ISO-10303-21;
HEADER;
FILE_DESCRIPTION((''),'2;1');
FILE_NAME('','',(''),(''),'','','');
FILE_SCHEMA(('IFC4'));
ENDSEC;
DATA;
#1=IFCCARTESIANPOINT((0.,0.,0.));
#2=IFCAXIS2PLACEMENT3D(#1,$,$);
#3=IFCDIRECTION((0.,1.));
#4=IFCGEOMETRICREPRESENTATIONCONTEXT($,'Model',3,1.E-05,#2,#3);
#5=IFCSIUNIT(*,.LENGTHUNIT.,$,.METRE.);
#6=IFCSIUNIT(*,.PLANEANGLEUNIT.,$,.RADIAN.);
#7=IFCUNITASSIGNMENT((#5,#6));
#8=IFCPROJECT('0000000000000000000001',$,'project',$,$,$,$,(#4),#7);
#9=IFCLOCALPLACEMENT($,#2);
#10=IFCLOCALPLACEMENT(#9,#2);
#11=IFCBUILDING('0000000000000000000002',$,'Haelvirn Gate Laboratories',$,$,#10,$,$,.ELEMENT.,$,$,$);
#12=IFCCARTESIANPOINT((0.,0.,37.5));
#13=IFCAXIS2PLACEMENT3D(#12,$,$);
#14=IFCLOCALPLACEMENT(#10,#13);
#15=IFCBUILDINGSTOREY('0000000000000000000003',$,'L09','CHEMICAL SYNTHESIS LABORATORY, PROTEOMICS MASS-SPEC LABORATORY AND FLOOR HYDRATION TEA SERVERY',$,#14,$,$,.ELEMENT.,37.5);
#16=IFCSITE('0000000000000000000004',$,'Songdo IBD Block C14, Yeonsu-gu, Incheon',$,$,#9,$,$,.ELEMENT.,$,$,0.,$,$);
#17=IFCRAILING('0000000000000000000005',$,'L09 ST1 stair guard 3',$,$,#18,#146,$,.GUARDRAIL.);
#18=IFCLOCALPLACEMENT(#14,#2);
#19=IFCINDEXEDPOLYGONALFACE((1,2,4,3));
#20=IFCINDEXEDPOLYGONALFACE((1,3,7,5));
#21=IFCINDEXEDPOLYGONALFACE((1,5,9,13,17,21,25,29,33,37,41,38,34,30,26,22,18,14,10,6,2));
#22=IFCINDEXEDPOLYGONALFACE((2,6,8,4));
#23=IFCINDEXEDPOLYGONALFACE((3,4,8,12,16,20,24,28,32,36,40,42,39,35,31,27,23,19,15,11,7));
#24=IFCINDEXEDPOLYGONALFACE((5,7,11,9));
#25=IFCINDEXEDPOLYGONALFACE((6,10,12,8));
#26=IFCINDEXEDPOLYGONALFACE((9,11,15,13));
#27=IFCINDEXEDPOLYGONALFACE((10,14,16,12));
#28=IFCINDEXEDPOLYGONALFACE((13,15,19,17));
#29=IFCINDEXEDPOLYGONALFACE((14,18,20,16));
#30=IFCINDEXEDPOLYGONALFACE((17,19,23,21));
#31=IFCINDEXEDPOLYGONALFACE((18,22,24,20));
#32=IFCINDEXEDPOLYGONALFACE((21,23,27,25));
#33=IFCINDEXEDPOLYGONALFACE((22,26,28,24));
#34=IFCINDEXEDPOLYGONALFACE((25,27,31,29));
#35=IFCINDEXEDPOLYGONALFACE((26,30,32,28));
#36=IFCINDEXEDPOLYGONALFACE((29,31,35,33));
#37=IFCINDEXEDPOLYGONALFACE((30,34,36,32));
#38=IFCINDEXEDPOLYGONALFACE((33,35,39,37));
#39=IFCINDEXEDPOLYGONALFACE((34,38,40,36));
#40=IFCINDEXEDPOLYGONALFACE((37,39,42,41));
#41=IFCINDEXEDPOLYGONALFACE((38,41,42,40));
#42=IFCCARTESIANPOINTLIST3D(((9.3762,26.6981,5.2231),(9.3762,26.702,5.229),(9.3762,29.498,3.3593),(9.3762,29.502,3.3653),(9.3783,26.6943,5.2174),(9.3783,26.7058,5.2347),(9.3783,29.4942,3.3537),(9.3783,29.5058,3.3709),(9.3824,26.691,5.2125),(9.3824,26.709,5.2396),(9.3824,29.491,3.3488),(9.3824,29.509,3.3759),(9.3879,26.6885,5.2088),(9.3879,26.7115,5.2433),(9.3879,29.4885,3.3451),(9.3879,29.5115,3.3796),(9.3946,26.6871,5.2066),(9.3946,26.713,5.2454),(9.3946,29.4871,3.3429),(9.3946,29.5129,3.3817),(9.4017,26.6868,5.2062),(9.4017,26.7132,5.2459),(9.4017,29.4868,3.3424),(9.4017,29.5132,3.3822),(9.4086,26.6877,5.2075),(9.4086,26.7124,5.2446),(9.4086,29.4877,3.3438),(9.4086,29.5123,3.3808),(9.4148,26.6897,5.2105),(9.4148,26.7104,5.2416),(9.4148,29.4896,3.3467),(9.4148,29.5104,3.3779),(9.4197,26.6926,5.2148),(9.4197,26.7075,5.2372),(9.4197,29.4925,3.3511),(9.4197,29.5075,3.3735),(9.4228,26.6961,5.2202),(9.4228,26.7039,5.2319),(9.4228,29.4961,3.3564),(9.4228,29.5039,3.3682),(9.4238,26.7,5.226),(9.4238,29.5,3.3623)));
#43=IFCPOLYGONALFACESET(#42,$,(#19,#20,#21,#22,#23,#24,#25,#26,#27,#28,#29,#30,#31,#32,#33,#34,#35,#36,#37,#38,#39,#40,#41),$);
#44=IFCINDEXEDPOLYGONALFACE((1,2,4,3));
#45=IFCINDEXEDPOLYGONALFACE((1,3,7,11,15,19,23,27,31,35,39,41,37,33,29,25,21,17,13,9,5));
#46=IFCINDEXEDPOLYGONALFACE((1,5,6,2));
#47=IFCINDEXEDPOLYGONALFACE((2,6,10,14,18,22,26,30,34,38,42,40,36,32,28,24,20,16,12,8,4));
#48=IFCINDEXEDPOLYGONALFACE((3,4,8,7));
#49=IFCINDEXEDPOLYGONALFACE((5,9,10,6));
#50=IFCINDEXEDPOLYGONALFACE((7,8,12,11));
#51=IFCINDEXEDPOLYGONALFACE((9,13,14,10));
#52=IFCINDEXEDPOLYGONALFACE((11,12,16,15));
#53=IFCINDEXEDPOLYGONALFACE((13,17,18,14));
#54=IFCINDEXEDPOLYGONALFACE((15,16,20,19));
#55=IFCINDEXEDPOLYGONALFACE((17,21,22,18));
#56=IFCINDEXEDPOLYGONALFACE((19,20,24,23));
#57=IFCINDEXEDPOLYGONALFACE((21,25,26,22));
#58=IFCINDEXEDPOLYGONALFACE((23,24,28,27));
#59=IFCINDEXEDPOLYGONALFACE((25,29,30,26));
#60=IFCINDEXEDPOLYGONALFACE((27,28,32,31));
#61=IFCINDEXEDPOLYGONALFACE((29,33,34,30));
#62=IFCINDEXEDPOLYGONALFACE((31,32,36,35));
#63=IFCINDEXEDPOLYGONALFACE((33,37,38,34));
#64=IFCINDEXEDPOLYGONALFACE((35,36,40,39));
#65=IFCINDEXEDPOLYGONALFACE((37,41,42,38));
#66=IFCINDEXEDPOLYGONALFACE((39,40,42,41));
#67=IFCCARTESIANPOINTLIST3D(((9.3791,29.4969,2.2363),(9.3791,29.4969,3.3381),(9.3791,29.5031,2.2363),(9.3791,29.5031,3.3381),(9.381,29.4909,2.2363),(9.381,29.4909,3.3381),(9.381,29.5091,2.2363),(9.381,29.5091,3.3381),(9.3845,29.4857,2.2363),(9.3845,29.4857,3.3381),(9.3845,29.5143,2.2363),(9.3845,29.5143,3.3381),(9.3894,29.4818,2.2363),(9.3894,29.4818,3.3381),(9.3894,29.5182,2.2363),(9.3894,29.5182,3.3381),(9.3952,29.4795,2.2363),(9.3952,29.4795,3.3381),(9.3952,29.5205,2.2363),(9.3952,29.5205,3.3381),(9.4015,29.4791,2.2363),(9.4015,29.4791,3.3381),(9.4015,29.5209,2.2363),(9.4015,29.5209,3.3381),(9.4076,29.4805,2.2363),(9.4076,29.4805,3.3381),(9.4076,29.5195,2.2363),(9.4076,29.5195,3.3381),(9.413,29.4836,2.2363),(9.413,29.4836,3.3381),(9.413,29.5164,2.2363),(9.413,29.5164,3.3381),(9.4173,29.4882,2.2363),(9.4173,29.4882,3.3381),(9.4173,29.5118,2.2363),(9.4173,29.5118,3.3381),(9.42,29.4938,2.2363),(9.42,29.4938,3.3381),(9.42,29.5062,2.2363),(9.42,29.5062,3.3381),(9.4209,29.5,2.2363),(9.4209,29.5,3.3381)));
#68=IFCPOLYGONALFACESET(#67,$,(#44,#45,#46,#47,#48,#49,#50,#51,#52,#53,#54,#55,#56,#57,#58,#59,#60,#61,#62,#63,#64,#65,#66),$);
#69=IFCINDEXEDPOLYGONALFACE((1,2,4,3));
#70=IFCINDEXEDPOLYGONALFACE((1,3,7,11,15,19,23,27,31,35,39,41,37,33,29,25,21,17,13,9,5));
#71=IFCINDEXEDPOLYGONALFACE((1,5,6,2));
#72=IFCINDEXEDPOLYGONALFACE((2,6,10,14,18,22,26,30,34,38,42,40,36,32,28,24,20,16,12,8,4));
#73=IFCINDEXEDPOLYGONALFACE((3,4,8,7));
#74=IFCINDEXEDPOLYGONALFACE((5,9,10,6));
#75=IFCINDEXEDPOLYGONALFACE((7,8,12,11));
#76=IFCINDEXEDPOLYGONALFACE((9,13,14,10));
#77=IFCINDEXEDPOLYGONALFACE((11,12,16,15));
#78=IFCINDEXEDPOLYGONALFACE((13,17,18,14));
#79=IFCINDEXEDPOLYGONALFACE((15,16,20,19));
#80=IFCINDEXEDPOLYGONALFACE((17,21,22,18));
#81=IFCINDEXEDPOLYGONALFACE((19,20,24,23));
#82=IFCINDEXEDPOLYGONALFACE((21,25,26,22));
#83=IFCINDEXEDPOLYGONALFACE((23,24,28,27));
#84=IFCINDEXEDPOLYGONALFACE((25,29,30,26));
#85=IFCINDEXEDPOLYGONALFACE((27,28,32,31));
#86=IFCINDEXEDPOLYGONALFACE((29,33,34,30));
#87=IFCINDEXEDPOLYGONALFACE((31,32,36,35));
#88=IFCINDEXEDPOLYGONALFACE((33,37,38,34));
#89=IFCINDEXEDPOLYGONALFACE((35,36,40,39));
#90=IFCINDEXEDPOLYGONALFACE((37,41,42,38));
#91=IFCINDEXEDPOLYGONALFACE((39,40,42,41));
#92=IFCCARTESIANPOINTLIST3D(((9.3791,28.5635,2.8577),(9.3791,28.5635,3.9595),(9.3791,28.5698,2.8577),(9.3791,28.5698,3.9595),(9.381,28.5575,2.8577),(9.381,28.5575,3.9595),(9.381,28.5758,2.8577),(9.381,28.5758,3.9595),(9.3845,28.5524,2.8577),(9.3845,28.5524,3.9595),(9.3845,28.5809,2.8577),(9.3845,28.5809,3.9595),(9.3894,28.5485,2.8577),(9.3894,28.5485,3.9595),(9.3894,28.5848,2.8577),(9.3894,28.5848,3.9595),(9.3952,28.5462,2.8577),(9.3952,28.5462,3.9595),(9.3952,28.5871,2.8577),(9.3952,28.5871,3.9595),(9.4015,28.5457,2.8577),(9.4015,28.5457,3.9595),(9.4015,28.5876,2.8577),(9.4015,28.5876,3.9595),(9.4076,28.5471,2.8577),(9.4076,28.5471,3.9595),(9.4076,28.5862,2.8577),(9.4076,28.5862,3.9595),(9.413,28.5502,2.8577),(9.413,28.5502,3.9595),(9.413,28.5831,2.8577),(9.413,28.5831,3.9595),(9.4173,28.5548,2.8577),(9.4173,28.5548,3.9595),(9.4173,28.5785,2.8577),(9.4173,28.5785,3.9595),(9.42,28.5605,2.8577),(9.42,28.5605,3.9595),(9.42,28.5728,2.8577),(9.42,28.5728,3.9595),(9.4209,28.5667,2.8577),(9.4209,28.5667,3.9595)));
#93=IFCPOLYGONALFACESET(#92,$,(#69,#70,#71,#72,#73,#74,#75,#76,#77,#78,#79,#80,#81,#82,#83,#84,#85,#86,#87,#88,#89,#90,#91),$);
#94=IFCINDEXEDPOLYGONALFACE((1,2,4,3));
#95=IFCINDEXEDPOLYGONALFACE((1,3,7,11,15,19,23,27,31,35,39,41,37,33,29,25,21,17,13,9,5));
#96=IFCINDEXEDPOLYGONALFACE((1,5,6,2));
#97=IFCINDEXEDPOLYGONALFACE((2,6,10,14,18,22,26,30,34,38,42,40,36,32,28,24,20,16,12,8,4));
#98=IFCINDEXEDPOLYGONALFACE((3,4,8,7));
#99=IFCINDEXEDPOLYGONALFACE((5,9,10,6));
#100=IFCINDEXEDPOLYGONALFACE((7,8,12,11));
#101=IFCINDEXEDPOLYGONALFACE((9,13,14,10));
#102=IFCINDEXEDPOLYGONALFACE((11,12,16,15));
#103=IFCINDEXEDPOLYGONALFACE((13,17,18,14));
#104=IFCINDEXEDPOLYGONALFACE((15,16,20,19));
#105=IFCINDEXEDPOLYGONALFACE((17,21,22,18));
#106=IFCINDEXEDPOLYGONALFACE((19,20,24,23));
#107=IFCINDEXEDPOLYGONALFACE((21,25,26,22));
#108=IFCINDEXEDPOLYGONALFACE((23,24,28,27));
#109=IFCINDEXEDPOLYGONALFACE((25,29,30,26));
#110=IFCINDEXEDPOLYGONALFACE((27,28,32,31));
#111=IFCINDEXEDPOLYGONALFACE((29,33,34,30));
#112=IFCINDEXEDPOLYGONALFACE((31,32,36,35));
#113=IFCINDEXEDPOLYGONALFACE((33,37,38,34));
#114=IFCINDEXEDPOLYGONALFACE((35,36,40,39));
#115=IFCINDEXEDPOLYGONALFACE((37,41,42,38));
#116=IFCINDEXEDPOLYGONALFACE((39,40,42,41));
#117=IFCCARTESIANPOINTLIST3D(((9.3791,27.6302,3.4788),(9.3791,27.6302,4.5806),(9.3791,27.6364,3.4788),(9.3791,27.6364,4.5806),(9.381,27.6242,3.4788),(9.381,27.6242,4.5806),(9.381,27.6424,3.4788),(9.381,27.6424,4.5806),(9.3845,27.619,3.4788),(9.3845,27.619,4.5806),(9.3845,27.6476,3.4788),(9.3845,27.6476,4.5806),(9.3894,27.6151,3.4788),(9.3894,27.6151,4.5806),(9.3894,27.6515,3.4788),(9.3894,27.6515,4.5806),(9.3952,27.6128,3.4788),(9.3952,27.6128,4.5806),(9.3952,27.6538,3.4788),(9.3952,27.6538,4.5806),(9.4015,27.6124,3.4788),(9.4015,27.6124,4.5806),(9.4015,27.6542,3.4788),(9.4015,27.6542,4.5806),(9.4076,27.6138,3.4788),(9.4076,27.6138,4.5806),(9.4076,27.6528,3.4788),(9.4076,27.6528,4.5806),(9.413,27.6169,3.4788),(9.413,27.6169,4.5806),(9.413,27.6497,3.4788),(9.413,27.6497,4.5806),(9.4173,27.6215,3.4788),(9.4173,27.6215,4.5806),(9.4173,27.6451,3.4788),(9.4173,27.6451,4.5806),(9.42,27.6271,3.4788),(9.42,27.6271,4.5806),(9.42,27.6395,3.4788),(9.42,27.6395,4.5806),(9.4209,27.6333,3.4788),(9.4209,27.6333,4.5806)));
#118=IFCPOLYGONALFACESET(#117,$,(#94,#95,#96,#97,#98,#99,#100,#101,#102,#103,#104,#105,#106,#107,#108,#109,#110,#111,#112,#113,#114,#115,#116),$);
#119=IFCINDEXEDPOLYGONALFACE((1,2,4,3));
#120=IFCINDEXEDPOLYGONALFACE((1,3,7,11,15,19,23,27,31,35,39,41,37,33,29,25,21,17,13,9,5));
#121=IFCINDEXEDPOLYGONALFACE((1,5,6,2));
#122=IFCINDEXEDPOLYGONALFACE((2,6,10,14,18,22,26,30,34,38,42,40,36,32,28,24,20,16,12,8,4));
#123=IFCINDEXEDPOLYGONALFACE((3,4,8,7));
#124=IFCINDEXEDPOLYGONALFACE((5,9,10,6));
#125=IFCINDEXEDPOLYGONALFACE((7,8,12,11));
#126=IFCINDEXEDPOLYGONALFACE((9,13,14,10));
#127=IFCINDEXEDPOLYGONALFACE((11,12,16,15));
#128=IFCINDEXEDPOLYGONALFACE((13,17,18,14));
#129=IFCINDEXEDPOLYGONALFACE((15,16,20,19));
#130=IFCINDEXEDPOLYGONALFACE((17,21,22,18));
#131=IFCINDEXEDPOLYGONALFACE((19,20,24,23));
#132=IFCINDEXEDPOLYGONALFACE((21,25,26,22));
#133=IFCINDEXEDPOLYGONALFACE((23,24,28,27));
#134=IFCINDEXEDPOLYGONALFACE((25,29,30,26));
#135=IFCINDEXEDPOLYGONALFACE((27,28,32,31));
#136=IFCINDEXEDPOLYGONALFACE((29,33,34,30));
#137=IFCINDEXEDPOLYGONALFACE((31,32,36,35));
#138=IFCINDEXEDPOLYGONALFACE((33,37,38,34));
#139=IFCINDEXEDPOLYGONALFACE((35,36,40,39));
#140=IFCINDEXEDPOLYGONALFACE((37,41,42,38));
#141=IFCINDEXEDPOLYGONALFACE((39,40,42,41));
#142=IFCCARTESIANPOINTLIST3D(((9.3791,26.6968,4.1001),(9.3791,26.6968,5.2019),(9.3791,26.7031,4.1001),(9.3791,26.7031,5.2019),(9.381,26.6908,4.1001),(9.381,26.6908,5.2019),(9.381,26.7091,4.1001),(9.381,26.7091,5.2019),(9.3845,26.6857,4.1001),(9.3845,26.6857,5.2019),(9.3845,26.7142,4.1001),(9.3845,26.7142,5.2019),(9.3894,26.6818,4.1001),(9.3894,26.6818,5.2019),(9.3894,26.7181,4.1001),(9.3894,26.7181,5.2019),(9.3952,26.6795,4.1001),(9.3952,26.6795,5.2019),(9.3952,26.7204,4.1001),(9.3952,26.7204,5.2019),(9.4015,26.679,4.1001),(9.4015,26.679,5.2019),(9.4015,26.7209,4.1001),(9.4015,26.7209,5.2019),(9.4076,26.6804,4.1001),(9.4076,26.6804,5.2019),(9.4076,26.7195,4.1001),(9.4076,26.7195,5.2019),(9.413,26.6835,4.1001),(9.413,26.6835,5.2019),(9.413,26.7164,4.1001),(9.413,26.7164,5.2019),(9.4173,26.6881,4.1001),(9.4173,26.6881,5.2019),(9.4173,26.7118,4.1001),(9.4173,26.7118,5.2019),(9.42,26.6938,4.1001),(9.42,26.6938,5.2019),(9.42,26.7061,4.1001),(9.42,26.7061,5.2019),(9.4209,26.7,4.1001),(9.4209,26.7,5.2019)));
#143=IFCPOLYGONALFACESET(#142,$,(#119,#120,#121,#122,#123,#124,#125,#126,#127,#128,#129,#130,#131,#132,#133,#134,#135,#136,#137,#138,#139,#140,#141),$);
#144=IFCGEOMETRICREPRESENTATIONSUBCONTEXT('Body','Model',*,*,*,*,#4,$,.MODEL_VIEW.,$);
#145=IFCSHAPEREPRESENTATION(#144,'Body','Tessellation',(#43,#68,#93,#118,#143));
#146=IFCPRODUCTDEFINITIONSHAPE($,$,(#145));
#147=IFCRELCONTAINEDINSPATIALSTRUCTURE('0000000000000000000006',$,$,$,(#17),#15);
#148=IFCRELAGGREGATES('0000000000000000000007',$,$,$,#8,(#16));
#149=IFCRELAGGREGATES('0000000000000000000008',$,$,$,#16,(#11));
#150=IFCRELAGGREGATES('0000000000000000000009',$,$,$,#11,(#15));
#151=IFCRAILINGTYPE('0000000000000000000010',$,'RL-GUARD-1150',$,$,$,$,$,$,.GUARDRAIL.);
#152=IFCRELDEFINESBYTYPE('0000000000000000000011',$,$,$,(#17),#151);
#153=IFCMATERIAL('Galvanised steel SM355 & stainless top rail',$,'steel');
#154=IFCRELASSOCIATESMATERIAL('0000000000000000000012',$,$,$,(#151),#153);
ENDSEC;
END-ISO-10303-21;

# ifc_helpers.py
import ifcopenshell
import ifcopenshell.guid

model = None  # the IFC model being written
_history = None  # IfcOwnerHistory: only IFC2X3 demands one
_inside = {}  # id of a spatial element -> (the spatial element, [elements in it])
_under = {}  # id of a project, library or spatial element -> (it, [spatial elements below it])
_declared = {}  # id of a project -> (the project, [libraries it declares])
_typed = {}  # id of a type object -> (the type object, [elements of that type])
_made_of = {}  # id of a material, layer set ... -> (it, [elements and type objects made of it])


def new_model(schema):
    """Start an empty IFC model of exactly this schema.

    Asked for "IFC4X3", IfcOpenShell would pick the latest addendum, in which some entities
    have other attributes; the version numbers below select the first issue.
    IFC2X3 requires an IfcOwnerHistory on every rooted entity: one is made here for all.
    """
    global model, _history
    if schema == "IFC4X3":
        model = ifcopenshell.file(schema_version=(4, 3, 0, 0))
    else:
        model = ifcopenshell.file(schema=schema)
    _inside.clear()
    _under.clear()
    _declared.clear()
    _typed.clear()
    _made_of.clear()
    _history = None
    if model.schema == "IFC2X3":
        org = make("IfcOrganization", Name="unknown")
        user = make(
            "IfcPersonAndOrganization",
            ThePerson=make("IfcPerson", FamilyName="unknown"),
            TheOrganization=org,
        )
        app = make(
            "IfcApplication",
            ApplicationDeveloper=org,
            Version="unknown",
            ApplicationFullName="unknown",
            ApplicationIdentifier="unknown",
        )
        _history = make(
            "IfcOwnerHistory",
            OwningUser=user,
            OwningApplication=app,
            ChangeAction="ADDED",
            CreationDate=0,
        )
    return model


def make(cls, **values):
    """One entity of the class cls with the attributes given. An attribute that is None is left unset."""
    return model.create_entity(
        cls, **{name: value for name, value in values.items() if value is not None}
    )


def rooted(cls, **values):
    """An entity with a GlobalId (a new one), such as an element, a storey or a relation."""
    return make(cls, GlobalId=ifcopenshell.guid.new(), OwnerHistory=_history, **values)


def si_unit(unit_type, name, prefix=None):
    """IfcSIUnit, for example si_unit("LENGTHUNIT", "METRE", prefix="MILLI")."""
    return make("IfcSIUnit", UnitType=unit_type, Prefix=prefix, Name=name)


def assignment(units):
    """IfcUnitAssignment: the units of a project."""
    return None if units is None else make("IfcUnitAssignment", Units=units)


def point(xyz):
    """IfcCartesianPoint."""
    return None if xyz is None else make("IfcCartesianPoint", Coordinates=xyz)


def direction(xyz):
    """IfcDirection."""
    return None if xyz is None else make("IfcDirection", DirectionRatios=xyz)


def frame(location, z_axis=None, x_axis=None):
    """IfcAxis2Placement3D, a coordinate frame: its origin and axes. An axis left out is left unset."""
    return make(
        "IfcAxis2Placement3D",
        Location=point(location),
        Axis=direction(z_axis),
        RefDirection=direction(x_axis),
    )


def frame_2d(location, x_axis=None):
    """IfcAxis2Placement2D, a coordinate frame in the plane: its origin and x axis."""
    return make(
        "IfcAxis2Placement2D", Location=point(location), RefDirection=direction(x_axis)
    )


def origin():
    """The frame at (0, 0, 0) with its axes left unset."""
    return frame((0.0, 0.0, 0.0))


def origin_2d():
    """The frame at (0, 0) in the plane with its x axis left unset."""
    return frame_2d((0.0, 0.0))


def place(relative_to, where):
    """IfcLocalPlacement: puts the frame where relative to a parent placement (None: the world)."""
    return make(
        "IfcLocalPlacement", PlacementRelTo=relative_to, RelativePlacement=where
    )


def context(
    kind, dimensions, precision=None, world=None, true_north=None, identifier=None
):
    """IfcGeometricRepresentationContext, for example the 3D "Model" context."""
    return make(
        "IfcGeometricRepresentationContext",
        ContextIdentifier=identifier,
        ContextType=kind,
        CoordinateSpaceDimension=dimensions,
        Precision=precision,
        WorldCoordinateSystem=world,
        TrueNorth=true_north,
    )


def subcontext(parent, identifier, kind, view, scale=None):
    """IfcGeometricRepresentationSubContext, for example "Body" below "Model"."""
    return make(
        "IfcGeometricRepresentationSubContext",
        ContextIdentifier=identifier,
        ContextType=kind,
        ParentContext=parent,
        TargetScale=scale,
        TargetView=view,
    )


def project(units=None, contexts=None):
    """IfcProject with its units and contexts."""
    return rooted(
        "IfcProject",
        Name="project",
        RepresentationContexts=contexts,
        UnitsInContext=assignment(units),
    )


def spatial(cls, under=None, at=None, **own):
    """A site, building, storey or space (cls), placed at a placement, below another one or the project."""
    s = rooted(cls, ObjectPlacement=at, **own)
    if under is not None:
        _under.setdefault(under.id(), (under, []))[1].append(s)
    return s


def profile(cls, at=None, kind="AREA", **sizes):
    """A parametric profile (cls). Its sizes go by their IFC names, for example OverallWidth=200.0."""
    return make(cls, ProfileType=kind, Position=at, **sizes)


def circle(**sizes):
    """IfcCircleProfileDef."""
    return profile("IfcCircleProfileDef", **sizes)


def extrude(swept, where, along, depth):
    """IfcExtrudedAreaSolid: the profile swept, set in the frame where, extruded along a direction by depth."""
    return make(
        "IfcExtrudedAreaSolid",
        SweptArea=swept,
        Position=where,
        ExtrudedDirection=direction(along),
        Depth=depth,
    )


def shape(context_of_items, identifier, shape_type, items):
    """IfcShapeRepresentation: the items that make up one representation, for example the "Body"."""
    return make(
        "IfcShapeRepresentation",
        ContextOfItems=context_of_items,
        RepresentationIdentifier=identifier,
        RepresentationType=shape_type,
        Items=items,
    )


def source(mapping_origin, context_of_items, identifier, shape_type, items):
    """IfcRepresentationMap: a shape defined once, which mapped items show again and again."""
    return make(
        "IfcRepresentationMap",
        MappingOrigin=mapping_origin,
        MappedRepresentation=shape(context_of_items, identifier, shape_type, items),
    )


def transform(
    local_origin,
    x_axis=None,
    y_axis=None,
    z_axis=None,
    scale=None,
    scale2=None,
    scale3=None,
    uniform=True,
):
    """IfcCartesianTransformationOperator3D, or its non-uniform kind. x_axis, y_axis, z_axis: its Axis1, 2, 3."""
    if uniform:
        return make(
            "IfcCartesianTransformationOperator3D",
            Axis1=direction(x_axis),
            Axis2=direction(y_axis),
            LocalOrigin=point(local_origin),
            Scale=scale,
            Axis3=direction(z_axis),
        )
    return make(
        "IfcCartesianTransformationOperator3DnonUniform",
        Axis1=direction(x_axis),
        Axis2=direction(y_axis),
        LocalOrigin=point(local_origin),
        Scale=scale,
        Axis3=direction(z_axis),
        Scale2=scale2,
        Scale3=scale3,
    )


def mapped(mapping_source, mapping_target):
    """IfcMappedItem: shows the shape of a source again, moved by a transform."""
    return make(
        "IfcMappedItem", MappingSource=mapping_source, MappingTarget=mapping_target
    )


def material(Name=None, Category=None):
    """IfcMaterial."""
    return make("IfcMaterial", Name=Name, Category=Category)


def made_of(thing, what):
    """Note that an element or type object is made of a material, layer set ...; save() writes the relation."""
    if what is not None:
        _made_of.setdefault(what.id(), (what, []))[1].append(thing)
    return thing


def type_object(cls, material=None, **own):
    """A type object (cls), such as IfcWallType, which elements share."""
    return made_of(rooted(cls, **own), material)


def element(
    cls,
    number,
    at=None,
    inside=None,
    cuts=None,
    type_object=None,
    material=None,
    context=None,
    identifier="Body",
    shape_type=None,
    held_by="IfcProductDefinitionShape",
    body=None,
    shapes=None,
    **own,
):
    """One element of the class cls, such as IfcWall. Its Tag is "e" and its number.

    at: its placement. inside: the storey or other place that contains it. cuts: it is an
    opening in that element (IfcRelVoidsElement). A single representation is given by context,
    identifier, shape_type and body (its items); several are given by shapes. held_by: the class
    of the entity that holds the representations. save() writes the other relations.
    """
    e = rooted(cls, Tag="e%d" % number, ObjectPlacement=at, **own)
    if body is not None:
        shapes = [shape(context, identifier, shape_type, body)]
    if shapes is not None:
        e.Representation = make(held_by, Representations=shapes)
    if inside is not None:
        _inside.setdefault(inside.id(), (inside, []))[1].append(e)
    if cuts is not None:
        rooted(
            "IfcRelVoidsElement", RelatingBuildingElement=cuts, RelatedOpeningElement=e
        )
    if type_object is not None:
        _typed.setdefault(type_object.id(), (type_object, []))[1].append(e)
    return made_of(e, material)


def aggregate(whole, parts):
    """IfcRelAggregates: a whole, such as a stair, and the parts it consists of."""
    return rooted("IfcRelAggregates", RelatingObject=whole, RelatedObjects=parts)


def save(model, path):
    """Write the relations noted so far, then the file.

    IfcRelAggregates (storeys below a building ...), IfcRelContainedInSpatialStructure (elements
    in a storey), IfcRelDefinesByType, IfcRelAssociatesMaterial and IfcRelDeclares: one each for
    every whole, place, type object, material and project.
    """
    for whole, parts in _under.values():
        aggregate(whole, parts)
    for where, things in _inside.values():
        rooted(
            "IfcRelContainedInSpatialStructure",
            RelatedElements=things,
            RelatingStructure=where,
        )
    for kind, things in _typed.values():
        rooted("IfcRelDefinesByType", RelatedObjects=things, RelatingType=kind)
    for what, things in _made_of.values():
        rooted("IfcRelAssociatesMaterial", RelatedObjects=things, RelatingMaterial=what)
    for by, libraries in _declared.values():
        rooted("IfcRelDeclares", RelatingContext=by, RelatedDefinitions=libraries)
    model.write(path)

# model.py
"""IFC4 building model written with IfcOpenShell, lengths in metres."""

from ifc_helpers import new_model, si_unit, direction, frame, origin, origin_2d, place, context, subcontext, project, spatial, circle, extrude, source, transform, mapped, material, type_object, element, save


model = new_model("IFC4")

# Units and contexts
model_context = context("Model", 3, precision=1e-05, world=origin(), true_north=direction((0.0, 1.0)))
body_context = subcontext(model_context, "Body", "Model", "MODEL_VIEW")
ifc_project = project(units=[si_unit("LENGTHUNIT", "METRE"), si_unit("PLANEANGLEUNIT", "RADIAN")], contexts=[model_context])

# Site, building, storey
site_placement = place(None, origin())
site = spatial("IfcSite", under=ifc_project, at=site_placement, Name="Songdo IBD Block C14, Yeonsu-gu, Incheon", CompositionType="ELEMENT", RefElevation=0.0)
building_placement = place(site_placement, origin())
building = spatial("IfcBuilding", under=site, at=building_placement, Name="Haelvirn Gate Laboratories", CompositionType="ELEMENT")
storey_placement = place(building_placement, frame((0.0, 0.0, 37.5)))
storey = spatial("IfcBuildingStorey", under=building, at=storey_placement, Name="L09", Description="CHEMICAL SYNTHESIS LABORATORY, PROTEOMICS MASS-SPEC LABORATORY AND FLOOR HYDRATION TEA SERVERY", CompositionType="ELEMENT", Elevation=37.5)

# Railing
ifc_material_1 = material(Name="Galvanised steel SM355 & stainless top rail", Category="steel")
railing_type_1 = type_object("IfcRailingType", Name="RL-GUARD-1150", PredefinedType="GUARDRAIL", material=ifc_material_1)
shared_shape_1 = source(origin(), body_context, "Body", "SweptSolid", [
    extrude(circle(Radius=0.0239, at=origin_2d()), frame((0.0, 0.0, 1.126), z_axis=(0.0, -0.832452, 0.554097), x_axis=(1.0, 0.0, 0.0)), (0.0, 0.0, 1.0), 3.3635),
    extrude(circle(Radius=0.021, at=origin_2d()), origin(), (0.0, 0.0, 1.0), 1.1018),
    extrude(circle(Radius=0.021, at=origin_2d()), frame((0.0, -0.9333, 0.6213)), (0.0, 0.0, 1.0), 1.1018),
    extrude(circle(Radius=0.021, at=origin_2d()), frame((0.0, -1.8667, 1.2424)), (0.0, 0.0, 1.0), 1.1018),
    extrude(circle(Radius=0.021, at=origin_2d()), frame((0.0, -2.8, 1.8638)), (0.0, 0.0, 1.0), 1.1018),
])
railing_1_placement = place(storey_placement, frame((9.3999, 29.5, 2.2363)))
element("IfcRailing", 1, at=railing_1_placement, inside=storey, type_object=railing_type_1, Name="L09 ST1 stair guard 3", PredefinedType="GUARDRAIL", context=body_context, shape_type="MappedRepresentation", body=[
    mapped(shared_shape_1, transform((0.0, 0.0, 0.0), scale=1.0)),
])

save(model, "model.ifc")
